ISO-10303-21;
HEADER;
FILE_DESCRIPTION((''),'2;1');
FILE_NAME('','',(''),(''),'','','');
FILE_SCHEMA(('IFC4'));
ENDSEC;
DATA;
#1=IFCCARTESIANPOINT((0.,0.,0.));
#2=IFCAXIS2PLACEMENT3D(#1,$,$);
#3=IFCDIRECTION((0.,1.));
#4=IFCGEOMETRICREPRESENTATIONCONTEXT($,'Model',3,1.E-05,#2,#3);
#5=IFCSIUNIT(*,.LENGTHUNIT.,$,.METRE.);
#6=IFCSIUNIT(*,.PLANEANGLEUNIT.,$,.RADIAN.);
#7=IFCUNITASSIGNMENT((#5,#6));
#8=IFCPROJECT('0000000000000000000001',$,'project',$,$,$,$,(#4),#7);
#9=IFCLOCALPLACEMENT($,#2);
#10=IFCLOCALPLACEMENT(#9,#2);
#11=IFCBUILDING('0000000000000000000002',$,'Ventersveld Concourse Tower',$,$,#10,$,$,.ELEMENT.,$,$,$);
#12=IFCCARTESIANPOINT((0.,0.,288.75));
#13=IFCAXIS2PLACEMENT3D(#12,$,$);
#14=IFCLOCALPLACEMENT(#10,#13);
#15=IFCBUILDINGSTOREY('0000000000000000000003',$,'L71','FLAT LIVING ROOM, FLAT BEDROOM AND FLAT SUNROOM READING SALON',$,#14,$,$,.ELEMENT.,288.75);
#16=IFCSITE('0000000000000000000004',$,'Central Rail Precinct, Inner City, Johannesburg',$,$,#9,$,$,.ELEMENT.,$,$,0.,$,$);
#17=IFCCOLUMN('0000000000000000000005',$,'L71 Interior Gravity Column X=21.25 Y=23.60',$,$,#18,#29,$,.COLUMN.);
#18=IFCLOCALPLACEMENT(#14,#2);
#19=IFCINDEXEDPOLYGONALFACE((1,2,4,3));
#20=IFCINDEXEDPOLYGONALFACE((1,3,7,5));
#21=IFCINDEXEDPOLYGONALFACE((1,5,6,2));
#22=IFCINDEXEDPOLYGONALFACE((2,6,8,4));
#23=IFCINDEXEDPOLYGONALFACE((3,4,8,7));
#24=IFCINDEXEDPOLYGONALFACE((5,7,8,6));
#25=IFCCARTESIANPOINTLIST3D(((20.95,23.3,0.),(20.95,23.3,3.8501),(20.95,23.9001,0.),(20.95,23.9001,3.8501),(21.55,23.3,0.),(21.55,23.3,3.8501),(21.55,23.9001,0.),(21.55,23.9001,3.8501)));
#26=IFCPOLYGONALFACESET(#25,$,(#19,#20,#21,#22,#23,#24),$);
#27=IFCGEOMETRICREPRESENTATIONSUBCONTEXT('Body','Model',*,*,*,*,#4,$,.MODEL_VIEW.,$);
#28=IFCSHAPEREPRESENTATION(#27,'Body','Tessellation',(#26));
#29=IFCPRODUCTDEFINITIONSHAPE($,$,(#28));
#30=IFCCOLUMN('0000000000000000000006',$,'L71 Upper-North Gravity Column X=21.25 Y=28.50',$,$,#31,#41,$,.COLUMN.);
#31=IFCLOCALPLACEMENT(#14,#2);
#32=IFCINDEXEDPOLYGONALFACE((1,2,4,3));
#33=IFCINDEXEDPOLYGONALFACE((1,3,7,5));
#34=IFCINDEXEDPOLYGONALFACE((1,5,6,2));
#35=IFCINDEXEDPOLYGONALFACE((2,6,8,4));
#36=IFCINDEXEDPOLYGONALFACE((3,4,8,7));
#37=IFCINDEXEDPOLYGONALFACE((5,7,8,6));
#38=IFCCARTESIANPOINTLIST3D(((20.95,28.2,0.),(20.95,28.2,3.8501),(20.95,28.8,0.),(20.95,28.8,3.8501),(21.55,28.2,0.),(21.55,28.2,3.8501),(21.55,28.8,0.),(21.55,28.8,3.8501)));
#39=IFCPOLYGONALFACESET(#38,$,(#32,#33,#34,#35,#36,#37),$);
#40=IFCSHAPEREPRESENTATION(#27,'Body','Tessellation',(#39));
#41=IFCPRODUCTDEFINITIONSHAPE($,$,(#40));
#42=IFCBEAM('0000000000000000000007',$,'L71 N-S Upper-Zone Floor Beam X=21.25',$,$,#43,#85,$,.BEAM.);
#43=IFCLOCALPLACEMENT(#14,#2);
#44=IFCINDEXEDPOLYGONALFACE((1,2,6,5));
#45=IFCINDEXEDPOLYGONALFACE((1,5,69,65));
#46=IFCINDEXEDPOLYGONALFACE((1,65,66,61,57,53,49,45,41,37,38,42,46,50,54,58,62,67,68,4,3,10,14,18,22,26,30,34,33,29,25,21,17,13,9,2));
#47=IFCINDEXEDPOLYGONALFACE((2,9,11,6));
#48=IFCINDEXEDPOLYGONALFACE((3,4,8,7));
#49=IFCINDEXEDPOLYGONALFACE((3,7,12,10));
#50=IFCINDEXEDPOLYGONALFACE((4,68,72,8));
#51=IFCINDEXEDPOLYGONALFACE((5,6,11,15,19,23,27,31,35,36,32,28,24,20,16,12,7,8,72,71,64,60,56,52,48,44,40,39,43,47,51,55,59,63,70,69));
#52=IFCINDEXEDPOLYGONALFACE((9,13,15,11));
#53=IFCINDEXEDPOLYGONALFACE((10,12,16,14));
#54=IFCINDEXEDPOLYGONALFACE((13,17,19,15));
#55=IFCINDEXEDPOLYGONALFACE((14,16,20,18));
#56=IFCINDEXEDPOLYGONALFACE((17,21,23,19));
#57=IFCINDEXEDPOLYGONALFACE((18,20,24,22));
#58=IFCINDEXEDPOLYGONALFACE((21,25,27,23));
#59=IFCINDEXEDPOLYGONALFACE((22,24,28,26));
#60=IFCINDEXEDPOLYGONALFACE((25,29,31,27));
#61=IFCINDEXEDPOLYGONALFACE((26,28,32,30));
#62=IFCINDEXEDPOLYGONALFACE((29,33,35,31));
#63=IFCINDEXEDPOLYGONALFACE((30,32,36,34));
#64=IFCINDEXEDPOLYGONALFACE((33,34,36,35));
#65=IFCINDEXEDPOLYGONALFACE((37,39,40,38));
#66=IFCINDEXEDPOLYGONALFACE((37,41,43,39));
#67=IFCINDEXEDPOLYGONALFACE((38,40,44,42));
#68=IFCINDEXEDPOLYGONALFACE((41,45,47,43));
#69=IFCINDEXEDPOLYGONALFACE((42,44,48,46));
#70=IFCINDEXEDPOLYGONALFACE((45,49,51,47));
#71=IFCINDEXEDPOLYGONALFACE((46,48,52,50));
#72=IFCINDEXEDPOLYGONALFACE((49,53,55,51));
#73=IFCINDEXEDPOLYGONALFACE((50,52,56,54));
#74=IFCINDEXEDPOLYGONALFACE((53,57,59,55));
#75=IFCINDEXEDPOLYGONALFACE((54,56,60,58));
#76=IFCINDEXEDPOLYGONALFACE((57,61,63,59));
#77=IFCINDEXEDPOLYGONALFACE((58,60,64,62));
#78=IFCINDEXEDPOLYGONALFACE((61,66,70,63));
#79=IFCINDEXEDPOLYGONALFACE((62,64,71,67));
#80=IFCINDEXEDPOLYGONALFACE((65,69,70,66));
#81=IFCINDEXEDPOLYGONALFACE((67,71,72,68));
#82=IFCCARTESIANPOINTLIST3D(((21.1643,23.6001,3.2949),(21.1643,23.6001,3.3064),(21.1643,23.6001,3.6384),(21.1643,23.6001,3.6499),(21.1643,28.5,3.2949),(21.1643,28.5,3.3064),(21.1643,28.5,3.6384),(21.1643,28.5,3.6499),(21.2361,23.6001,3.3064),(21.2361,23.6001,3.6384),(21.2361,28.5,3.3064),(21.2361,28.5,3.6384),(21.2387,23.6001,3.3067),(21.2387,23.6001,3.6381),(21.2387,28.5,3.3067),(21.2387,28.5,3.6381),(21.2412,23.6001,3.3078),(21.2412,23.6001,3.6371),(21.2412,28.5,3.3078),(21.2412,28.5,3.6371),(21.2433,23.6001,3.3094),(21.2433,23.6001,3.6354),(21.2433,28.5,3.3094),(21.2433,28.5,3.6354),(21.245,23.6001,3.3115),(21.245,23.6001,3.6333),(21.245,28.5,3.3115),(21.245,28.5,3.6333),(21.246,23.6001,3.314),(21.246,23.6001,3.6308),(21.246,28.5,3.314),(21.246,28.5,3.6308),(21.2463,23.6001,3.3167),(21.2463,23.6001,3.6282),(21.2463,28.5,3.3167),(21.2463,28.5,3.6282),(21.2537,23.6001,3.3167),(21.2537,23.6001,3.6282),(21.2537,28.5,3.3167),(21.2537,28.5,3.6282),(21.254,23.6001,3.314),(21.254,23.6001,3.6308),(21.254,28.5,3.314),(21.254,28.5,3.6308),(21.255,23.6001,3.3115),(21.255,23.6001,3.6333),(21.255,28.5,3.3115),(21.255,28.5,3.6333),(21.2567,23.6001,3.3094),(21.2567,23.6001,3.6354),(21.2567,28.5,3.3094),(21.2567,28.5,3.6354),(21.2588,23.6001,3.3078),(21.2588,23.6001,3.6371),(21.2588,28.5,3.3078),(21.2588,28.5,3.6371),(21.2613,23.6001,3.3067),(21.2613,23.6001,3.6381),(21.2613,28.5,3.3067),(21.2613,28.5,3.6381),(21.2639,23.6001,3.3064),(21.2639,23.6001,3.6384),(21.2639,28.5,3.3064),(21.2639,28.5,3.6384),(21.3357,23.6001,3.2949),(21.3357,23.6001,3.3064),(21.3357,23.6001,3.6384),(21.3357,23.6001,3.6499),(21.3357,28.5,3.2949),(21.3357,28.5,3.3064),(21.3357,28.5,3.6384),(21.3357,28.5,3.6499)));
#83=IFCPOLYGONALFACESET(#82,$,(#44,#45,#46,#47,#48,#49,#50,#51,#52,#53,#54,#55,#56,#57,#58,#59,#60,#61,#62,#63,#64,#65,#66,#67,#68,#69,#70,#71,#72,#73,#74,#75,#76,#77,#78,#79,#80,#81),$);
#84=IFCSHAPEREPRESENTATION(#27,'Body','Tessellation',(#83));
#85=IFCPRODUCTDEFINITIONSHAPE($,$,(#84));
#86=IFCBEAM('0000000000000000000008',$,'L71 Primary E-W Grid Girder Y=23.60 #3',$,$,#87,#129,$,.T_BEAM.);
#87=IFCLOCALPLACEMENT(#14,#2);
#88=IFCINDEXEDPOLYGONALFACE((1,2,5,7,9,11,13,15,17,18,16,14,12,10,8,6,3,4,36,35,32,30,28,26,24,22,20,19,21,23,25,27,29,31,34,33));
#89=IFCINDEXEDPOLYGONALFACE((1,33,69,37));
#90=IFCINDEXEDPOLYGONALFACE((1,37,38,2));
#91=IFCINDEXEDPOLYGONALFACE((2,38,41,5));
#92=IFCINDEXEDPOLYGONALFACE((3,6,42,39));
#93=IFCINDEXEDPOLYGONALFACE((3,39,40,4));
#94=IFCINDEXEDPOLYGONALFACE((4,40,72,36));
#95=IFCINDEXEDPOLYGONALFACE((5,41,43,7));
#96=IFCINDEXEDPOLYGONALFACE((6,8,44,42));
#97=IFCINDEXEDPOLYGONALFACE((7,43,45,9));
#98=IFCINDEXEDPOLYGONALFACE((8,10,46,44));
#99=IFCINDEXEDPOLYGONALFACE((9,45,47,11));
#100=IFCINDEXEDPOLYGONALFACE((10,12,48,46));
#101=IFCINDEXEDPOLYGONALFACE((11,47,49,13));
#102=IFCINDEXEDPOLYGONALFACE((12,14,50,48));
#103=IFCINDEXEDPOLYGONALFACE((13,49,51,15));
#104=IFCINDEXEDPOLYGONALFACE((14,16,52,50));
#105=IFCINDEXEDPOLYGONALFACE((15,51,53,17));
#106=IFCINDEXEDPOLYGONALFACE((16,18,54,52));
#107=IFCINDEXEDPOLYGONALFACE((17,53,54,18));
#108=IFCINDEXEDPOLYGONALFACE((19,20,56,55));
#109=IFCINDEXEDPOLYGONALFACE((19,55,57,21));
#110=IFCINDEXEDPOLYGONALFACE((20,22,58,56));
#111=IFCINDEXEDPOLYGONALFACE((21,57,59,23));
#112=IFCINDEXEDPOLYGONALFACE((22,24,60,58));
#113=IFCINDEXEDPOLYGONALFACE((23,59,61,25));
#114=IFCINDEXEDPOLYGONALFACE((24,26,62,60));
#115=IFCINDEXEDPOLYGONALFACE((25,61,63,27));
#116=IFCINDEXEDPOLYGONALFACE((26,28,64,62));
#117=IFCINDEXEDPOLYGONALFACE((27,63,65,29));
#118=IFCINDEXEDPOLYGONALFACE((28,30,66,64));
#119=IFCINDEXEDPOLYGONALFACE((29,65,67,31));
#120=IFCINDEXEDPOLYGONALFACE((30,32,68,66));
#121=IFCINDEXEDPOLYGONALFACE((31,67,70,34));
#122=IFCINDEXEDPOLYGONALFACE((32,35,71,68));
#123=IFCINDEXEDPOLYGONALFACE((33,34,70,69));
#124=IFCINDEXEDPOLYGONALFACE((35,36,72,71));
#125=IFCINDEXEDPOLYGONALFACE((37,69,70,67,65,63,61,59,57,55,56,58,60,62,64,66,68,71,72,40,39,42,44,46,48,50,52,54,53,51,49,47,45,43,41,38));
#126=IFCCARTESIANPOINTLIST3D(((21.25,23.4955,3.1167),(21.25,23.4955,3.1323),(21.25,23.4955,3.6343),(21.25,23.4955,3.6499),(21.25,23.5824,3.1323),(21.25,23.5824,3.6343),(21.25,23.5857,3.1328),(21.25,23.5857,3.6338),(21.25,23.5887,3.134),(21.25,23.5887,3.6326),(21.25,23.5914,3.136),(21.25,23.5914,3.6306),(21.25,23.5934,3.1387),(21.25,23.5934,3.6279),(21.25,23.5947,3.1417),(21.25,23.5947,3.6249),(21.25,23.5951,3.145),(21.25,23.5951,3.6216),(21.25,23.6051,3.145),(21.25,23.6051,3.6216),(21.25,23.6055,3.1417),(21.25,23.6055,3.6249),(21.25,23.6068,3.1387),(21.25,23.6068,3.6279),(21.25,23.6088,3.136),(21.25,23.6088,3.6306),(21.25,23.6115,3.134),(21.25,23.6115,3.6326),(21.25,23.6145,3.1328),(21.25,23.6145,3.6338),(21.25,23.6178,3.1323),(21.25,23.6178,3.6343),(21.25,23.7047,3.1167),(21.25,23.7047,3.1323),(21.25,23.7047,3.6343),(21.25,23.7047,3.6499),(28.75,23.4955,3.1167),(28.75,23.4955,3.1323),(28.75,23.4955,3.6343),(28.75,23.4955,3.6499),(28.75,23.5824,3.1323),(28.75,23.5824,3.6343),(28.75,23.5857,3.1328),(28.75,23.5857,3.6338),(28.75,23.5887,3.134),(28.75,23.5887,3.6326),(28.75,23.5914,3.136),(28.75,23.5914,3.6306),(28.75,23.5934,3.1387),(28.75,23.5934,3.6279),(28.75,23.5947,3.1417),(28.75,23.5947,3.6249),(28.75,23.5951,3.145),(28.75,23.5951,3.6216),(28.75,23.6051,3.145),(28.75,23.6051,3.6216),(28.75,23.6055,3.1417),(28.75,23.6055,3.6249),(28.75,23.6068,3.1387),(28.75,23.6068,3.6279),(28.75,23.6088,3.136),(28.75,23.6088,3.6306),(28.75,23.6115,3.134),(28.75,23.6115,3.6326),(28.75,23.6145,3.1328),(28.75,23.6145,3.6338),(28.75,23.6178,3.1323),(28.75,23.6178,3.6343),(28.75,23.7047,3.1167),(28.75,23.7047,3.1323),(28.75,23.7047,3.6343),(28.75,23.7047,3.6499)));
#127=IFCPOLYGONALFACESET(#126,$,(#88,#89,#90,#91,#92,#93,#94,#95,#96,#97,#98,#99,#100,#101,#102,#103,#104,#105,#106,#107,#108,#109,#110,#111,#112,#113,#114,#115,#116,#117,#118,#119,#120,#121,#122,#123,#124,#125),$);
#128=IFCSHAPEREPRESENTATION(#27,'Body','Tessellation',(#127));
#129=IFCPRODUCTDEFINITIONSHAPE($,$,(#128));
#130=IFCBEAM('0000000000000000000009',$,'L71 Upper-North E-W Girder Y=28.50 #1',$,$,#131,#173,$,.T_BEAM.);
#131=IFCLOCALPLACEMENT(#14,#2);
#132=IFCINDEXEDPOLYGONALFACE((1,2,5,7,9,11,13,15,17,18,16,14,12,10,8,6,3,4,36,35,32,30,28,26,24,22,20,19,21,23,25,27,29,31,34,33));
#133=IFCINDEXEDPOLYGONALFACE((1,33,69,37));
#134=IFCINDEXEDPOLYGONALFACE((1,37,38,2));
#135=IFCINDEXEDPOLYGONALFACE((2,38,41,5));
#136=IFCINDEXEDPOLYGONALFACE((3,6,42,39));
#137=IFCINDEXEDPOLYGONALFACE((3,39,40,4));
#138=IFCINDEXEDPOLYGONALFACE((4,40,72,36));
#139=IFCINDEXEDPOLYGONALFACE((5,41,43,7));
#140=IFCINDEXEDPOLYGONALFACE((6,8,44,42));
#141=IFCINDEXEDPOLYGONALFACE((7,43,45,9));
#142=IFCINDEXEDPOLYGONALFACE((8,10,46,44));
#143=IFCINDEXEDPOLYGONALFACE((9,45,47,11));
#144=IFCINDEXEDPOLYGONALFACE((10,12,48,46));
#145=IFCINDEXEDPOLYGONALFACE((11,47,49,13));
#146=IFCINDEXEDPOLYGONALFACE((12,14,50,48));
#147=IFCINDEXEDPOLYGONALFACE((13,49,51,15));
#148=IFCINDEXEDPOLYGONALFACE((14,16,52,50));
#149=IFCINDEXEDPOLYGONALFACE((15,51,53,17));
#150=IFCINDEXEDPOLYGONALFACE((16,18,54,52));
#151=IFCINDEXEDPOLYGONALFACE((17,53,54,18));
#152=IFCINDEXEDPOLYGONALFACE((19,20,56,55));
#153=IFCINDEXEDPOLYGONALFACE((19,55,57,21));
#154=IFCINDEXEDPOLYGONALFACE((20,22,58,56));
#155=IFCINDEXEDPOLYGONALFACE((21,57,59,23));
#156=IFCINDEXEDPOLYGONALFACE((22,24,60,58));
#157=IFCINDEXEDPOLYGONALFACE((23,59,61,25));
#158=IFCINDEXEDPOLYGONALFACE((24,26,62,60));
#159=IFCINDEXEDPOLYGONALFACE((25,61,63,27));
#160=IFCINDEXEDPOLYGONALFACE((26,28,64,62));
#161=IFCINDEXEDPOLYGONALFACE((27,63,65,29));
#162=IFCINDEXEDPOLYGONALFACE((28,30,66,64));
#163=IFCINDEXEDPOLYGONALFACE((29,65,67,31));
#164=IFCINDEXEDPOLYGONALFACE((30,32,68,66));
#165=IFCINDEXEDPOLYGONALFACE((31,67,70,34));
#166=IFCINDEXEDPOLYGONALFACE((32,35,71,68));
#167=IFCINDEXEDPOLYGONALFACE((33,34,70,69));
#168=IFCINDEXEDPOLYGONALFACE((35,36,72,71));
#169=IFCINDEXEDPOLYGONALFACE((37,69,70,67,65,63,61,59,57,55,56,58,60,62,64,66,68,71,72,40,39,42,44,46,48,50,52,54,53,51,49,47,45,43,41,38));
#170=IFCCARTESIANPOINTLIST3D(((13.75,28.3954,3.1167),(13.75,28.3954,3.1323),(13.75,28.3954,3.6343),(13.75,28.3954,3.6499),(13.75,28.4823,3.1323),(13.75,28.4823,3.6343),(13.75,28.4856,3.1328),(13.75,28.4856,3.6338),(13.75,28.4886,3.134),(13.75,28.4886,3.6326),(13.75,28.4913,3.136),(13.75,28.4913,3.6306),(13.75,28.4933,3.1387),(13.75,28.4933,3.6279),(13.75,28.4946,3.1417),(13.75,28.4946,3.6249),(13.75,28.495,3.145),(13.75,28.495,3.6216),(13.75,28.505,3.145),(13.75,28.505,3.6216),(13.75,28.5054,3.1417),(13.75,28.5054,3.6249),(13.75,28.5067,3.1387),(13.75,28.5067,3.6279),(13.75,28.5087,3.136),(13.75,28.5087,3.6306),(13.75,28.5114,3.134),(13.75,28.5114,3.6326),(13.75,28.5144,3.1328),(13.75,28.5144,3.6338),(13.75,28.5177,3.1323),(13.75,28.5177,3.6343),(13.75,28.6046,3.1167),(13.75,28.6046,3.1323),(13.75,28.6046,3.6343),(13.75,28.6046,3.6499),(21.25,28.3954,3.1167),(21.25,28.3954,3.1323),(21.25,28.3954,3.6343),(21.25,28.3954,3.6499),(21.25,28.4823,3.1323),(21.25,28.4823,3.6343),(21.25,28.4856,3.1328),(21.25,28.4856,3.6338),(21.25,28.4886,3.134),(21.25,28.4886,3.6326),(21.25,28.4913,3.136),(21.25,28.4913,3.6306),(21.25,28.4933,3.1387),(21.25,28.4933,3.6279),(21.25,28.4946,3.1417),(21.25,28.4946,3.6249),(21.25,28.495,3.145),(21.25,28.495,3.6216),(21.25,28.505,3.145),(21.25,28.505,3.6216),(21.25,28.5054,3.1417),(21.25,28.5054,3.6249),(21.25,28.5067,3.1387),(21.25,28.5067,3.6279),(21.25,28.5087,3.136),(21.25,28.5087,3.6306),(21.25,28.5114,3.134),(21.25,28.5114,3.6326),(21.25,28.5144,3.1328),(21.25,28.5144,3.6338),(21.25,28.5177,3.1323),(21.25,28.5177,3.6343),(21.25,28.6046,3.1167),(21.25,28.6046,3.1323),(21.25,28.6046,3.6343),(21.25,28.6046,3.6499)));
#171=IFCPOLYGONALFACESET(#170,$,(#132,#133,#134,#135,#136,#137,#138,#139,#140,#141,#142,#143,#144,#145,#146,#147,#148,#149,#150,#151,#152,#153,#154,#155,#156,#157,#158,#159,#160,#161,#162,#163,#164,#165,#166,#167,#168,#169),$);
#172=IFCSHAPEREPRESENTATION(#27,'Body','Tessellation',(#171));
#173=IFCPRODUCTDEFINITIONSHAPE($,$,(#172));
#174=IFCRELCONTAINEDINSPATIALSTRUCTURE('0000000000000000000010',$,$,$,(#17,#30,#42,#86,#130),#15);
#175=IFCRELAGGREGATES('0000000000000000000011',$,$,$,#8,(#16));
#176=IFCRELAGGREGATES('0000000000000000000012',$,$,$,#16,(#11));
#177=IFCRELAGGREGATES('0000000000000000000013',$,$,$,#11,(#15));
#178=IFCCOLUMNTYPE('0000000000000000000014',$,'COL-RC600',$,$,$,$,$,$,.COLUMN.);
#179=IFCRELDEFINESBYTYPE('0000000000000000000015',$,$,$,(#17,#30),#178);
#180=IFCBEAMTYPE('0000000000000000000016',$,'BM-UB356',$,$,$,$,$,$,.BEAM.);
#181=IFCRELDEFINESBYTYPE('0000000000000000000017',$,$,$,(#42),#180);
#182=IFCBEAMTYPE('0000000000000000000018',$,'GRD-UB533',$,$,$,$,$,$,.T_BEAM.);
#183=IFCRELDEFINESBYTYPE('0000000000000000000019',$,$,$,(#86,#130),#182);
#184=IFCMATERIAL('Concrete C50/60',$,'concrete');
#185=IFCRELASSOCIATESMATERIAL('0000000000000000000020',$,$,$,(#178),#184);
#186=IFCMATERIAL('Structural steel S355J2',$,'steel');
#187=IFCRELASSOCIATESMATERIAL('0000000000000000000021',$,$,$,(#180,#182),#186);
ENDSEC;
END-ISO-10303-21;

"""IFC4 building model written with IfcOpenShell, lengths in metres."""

from ifc_helpers import new_model, si_unit, direction, frame, origin, origin_2d, place, context, subcontext, project, spatial, rectangle, i_section, extrude, material, material_profile, profile_set, type_object, element, save


model = new_model("IFC4")

# Units and contexts
model_context = context("Model", 3, precision=1e-05, world=origin(), true_north=direction((0.0, 1.0)))
body_context = subcontext(model_context, "Body", "Model", "MODEL_VIEW")
ifc_project = project(units=[si_unit("LENGTHUNIT", "METRE"), si_unit("PLANEANGLEUNIT", "RADIAN")], contexts=[model_context])

# Site, building, storey
site_placement = place(None, origin())
site = spatial("IfcSite", under=ifc_project, at=site_placement, Name="Central Rail Precinct, Inner City, Johannesburg", CompositionType="ELEMENT", RefElevation=0.0)
building_placement = place(site_placement, origin())
building = spatial("IfcBuilding", under=site, at=building_placement, Name="Ventersveld Concourse Tower", CompositionType="ELEMENT")
storey_placement = place(building_placement, frame((0.0, 0.0, 288.75)))
storey = spatial("IfcBuildingStorey", under=building, at=storey_placement, Name="L71", Description="FLAT LIVING ROOM, FLAT BEDROOM AND FLAT SUNROOM READING SALON", CompositionType="ELEMENT", Elevation=288.75)

# Columns
ifc_material_1 = material(Name="Concrete C50/60", Category="concrete")
ifc_material_profile_1 = material_profile(ifc_material_1, rectangle(XDim=0.6001, YDim=0.6001, at=origin_2d()), Name="RC 600x600")
ifc_profile_set_1 = profile_set([ifc_material_profile_1], Name="Concrete C50/60")
column_type = type_object("IfcColumnType", Name="COL-RC600", PredefinedType="COLUMN", material=ifc_profile_set_1)
for number, where, z_axis, x_axis, name in (
    (1, (21.25, 23.6001, 0.0), (0.0, 0.0, 1.0), (1.0, 0.0, 0.0), "L71 Interior Gravity Column X=21.25 Y=23.60"),
    (2, (21.25, 28.5, 0.0), (0.0, 0.0, 1.0), (1.0, 0.0, 0.0), "L71 Upper-North Gravity Column X=21.25 Y=28.50"),
):
    element("IfcColumn", number, at=place(storey_placement, frame(where, z_axis=z_axis, x_axis=x_axis)), inside=storey, type_object=column_type, Name=name, PredefinedType="COLUMN", context=body_context, shape_type="SweptSolid", body=[
        extrude(rectangle(XDim=0.6001, YDim=0.6001, at=origin_2d()), origin(), (0.0, 0.0, 1.0), 3.8501),
    ])

# Beams
ifc_material_2 = material(Name="Structural steel S355J2", Category="steel")
ifc_material_profile_2 = material_profile(ifc_material_2, i_section(OverallWidth=0.1714, OverallDepth=0.355, WebThickness=0.0073, FlangeThickness=0.0115, FilletRadius=0.0103, at=origin_2d()), Name="UB 356x171x51")
ifc_profile_set_2 = profile_set([ifc_material_profile_2], Name="Structural steel S355J2")
beam_type_1 = type_object("IfcBeamType", Name="BM-UB356", PredefinedType="BEAM", material=ifc_profile_set_2)
beam_placement = place(storey_placement, frame((21.25, 23.6001, 3.4724), z_axis=(0.0, 1.0, 0.0), x_axis=(-1.0, 0.0, 0.0)))
element("IfcBeam", 3, at=beam_placement, inside=storey, type_object=beam_type_1, Name="L71 N-S Upper-Zone Floor Beam X=21.25", PredefinedType="BEAM", context=body_context, shape_type="SweptSolid", body=[
    extrude(i_section(OverallWidth=0.1714, OverallDepth=0.355, WebThickness=0.0073, FlangeThickness=0.0115, FilletRadius=0.0103, at=origin_2d()), origin(), (0.0, 0.0, 1.0), 4.8999),
])
ifc_material_profile_3 = material_profile(ifc_material_2, i_section(OverallWidth=0.2092, OverallDepth=0.5332, WebThickness=0.01, FlangeThickness=0.0156, FilletRadius=0.0127, at=origin_2d()), Name="UB 533x210x92")
ifc_profile_set_3 = profile_set([ifc_material_profile_3], Name="Structural steel S355J2")
beam_type_2 = type_object("IfcBeamType", Name="GRD-UB533", PredefinedType="T_BEAM", material=ifc_profile_set_3)
for number, where, z_axis, x_axis, name in (
    (4, (21.25, 23.6001, 3.3833), (1.0, 0.0, 0.0), (0.0, 1.0, 0.0), "L71 Primary E-W Grid Girder Y=23.60 #3"),
    (5, (13.75, 28.5, 3.3833), (1.0, 0.0, 0.0), (0.0, 1.0, 0.0), "L71 Upper-North E-W Girder Y=28.50 #1"),
):
    element("IfcBeam", number, at=place(storey_placement, frame(where, z_axis=z_axis, x_axis=x_axis)), inside=storey, type_object=beam_type_2, Name=name, PredefinedType="T_BEAM", context=body_context, shape_type="SweptSolid", body=[
        extrude(i_section(OverallWidth=0.2092, OverallDepth=0.5332, WebThickness=0.01, FlangeThickness=0.0156, FilletRadius=0.0127, at=origin_2d()), origin(), (0.0, 0.0, 1.0), 7.5),
    ])

save(model, "model.ifc")
